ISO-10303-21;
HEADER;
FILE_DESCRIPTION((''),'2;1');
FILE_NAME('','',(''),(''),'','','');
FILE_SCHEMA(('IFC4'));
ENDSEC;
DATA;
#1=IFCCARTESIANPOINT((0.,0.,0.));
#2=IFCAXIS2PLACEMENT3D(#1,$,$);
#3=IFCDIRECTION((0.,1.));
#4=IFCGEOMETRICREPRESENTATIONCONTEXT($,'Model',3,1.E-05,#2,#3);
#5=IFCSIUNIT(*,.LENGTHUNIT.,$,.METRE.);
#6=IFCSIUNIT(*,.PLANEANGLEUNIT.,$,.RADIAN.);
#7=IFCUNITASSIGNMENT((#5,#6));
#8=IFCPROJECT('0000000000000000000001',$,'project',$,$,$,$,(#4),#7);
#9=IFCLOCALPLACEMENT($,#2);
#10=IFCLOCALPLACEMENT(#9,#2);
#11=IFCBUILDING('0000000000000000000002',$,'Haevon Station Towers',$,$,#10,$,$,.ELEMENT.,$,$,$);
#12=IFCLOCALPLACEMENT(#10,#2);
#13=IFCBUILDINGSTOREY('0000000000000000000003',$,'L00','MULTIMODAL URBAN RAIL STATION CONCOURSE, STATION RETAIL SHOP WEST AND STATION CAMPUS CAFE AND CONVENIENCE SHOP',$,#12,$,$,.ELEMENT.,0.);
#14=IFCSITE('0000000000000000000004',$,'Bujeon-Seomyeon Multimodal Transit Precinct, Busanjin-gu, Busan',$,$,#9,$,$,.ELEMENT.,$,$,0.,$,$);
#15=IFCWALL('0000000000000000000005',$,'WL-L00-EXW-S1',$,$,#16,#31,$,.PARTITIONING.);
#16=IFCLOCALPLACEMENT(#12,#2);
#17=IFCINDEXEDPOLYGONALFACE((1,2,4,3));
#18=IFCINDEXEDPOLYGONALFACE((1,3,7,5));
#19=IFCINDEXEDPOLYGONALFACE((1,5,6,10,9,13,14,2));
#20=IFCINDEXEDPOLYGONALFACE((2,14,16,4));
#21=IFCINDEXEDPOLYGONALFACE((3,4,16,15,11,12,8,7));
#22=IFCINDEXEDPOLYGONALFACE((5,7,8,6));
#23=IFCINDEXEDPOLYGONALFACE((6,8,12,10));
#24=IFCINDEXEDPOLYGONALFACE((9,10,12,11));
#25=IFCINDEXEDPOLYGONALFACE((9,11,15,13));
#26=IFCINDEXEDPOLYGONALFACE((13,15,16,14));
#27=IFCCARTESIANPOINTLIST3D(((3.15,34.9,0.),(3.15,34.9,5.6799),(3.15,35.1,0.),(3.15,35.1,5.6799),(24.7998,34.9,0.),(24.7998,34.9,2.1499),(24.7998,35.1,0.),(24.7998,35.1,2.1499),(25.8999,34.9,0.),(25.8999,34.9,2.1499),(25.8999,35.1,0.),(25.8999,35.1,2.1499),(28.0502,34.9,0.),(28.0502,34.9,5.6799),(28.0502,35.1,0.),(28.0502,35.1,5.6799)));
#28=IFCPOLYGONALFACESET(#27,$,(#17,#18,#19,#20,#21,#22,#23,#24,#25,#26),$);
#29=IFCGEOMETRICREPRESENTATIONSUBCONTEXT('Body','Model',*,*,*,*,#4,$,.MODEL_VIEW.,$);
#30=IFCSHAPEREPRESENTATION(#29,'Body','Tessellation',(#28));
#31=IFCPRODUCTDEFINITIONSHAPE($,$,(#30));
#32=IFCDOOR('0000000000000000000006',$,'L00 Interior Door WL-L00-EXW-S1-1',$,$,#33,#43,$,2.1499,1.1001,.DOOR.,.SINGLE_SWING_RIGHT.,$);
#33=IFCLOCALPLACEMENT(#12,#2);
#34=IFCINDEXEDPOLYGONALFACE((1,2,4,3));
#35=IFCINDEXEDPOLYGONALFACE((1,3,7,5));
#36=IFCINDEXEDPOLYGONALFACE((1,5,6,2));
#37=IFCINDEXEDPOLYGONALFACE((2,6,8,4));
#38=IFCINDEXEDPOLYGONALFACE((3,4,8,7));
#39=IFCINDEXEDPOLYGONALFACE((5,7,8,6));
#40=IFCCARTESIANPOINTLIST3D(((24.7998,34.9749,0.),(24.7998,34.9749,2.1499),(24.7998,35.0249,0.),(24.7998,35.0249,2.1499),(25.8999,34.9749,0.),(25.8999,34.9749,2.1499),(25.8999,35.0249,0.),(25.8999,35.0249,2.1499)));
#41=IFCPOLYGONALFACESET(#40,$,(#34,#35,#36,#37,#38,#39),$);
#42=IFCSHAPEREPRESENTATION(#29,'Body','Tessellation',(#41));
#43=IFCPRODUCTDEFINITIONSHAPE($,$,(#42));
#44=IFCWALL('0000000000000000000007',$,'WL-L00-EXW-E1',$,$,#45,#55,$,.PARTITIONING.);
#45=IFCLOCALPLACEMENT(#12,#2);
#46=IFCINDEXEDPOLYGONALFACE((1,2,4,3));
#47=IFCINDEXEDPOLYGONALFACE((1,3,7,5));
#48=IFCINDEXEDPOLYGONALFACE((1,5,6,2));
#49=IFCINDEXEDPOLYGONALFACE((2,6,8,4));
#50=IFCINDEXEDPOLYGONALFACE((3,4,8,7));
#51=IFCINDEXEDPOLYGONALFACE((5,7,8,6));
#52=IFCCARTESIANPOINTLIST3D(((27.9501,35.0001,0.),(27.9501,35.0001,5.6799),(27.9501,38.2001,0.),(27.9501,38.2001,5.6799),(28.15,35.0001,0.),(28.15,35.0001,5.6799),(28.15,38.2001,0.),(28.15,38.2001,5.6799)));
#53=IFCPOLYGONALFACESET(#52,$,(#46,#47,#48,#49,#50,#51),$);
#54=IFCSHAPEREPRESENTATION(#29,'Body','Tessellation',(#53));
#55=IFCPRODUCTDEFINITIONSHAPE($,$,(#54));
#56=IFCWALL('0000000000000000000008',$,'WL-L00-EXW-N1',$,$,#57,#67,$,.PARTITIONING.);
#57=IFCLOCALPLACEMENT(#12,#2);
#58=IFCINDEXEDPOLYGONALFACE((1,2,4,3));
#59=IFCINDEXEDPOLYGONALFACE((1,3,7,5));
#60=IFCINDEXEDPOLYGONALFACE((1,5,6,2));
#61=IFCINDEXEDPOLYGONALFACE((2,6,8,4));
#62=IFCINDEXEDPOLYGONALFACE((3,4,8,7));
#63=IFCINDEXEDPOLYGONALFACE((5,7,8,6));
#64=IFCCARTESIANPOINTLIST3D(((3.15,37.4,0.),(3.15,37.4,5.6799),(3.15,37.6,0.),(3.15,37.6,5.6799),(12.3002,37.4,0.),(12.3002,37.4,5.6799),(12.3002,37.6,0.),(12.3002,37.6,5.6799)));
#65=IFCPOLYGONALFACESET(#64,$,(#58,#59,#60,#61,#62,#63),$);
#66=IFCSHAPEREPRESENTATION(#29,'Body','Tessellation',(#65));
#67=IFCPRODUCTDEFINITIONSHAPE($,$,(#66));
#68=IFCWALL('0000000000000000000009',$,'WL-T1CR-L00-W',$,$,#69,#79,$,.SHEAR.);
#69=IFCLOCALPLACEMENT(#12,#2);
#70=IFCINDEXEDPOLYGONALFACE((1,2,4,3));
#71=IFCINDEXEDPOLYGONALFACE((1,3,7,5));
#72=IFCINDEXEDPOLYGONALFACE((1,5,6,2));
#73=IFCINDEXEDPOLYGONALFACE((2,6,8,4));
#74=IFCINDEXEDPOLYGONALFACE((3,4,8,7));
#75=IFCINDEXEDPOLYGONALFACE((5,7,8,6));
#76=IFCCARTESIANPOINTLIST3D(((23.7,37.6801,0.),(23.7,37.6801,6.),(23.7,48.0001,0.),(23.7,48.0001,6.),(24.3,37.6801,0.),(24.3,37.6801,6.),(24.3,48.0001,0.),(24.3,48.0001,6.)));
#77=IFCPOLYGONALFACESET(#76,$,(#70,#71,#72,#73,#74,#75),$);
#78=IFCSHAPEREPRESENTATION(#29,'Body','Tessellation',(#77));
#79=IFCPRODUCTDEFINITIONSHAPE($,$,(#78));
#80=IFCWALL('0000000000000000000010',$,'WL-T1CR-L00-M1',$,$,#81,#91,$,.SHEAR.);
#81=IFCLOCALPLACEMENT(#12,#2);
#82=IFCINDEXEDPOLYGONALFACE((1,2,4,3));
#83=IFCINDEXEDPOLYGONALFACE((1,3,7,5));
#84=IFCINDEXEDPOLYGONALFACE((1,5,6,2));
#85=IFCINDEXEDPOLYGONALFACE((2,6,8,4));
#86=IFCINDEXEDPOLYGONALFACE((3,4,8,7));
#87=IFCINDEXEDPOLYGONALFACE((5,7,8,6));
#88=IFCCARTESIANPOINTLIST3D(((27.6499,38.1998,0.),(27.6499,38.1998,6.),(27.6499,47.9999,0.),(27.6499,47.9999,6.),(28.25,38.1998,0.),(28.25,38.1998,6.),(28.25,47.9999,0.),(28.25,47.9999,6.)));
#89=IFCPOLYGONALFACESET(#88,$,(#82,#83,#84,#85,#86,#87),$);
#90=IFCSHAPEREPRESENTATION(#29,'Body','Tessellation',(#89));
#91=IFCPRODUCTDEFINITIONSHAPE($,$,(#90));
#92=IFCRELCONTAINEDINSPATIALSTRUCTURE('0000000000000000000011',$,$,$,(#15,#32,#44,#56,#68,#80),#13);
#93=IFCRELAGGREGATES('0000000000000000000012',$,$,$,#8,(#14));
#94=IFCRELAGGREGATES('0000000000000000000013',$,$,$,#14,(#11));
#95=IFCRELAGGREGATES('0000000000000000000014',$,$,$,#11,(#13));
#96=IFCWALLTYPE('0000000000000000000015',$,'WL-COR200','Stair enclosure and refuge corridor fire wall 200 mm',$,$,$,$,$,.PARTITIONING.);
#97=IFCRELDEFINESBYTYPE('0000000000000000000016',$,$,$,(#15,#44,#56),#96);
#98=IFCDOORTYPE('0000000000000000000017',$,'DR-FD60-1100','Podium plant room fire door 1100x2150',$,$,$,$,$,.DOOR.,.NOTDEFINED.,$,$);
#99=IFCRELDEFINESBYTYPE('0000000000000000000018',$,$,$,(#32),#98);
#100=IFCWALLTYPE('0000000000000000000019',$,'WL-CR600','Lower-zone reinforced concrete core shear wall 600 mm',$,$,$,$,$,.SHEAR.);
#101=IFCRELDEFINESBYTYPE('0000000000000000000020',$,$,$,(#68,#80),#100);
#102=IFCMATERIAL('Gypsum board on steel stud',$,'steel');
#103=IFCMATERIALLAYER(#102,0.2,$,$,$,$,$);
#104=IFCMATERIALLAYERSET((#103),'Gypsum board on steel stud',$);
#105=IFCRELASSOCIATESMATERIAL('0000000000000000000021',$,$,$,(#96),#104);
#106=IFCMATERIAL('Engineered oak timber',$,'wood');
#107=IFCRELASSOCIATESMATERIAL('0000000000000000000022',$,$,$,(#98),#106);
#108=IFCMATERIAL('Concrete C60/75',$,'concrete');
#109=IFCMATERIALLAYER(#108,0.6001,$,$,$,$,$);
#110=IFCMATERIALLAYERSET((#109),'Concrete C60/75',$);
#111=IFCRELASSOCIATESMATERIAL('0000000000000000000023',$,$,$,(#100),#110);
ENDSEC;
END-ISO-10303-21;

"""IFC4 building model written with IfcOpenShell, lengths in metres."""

from ifc_helpers import new_model, si_unit, direction, frame, frame_2d, origin, place, context, subcontext, project, spatial, rectangle, extrude, material, layer, layer_set, type_object, element, fill, save


model = new_model("IFC4")

# Units and contexts
model_context = context("Model", 3, precision=1e-05, world=origin(), true_north=direction((0.0, 1.0)))
body_context = subcontext(model_context, "Body", "Model", "MODEL_VIEW")
ifc_project = project(units=[si_unit("LENGTHUNIT", "METRE"), si_unit("PLANEANGLEUNIT", "RADIAN")], contexts=[model_context])

# Site, building, storey
site_placement = place(None, origin())
site = spatial("IfcSite", under=ifc_project, at=site_placement, Name="Bujeon-Seomyeon Multimodal Transit Precinct, Busanjin-gu, Busan", CompositionType="ELEMENT", RefElevation=0.0)
building_placement = place(site_placement, origin())
building = spatial("IfcBuilding", under=site, at=building_placement, Name="Haevon Station Towers", CompositionType="ELEMENT")
storey_placement = place(building_placement, origin())
storey = spatial("IfcBuildingStorey", under=building, at=storey_placement, Name="L00", Description="MULTIMODAL URBAN RAIL STATION CONCOURSE, STATION RETAIL SHOP WEST AND STATION CAMPUS CAFE AND CONVENIENCE SHOP", CompositionType="ELEMENT", Elevation=0.0)

# Wall, opening, door
ifc_material_1 = material(Name="Gypsum board on steel stud", Category="steel")
ifc_layer_1 = layer(ifc_material_1, 0.2)
ifc_layer_set_1 = layer_set([ifc_layer_1], Name="Gypsum board on steel stud")
wall_type_1 = type_object("IfcWallType", Name="WL-COR200", Description="Stair enclosure and refuge corridor fire wall 200 mm", PredefinedType="PARTITIONING", material=ifc_layer_set_1)
ifc_material_2 = material(Name="Engineered oak timber", Category="wood")
wall_1_placement = place(storey_placement, frame((3.1499, 35.0, 0.0), z_axis=(0.0, 0.0, 1.0), x_axis=(1.0, 0.0, 0.0)))
wall_1 = element("IfcWall", 1, at=wall_1_placement, inside=storey, type_object=wall_type_1, Name="WL-L00-EXW-S1", PredefinedType="PARTITIONING", context=body_context, shape_type="SweptSolid", body=[
    extrude(rectangle(XDim=24.9001, YDim=0.2, at=frame_2d((12.4502, 0.0))), origin(), (0.0, 0.0, 1.0), 5.6799),
])
opening_1_placement = place(wall_1_placement, frame((21.6499, 0.0, 0.0)))
opening_1 = element("IfcOpeningElement", 2, at=opening_1_placement, cuts=wall_1, PredefinedType="OPENING", context=body_context, shape_type="SweptSolid", body=[
    extrude(rectangle(XDim=1.1001, YDim=2.1499, at=frame_2d((0.55, 1.075))), frame((0.0, 0.1099, 0.0), z_axis=(0.0, -1.0, 0.0), x_axis=(1.0, 0.0, 0.0)), (0.0, 0.0, 1.0), 0.22),
])
door_type_1 = type_object("IfcDoorType", Name="DR-FD60-1100", Description="Podium plant room fire door 1100x2150", OperationType="NOTDEFINED", PredefinedType="DOOR", material=ifc_material_2)
door_1_placement = place(opening_1_placement, origin())
door_1 = element("IfcDoor", 3, at=door_1_placement, inside=storey, type_object=door_type_1, Name="L00 Interior Door WL-L00-EXW-S1-1", OperationType="SINGLE_SWING_RIGHT", OverallHeight=2.1499, OverallWidth=1.1001, PredefinedType="DOOR", context=body_context, shape_type="SweptSolid", body=[
    extrude(rectangle(XDim=1.1001, YDim=2.1499, at=frame_2d((0.55, 1.075))), frame((0.0, 0.0249, 0.0), z_axis=(0.0, -1.0, 0.0), x_axis=(1.0, 0.0, 0.0)), (0.0, 0.0, 1.0), 0.05),
])
fill(opening_1, door_1)

# Walls
wall_2_placement = place(storey_placement, frame((28.05, 35.0, 0.0), z_axis=(0.0, 0.0, 1.0), x_axis=(0.0, 1.0, 0.0)))
element("IfcWall", 4, at=wall_2_placement, inside=storey, type_object=wall_type_1, Name="WL-L00-EXW-E1", PredefinedType="PARTITIONING", context=body_context, shape_type="SweptSolid", body=[
    extrude(rectangle(XDim=3.2, YDim=0.2, at=frame_2d((1.6001, 0.0))), origin(), (0.0, 0.0, 1.0), 5.6799),
])
wall_3_placement = place(storey_placement, frame((3.1499, 37.5, 0.0), z_axis=(0.0, 0.0, 1.0), x_axis=(1.0, 0.0, 0.0)))
element("IfcWall", 5, at=wall_3_placement, inside=storey, type_object=wall_type_1, Name="WL-L00-EXW-N1", PredefinedType="PARTITIONING", context=body_context, shape_type="SweptSolid", body=[
    extrude(rectangle(XDim=9.1501, YDim=0.2, at=frame_2d((4.5752, 0.0))), origin(), (0.0, 0.0, 1.0), 5.6799),
])
ifc_material_3 = material(Name="Concrete C60/75", Category="concrete")
ifc_layer_2 = layer(ifc_material_3, 0.6001)
ifc_layer_set_2 = layer_set([ifc_layer_2], Name="Concrete C60/75")
wall_type_2 = type_object("IfcWallType", Name="WL-CR600", Description="Lower-zone reinforced concrete core shear wall 600 mm", PredefinedType="SHEAR", material=ifc_layer_set_2)
wall_4_placement = place(storey_placement, frame((24.0, 37.6799, 0.0), z_axis=(0.0, 0.0, 1.0), x_axis=(0.0, 1.0, 0.0)))
element("IfcWall", 6, at=wall_4_placement, inside=storey, type_object=wall_type_2, Name="WL-T1CR-L00-W", PredefinedType="SHEAR", context=body_context, shape_type="SweptSolid", body=[
    extrude(rectangle(XDim=10.3201, YDim=0.6001, at=frame_2d((5.1602, 0.0))), origin(), (0.0, 0.0, 1.0), 6.0),
])
wall_5_placement = place(storey_placement, frame((27.95, 38.2, 0.0), z_axis=(0.0, 0.0, 1.0), x_axis=(0.0, 1.0, 0.0)))
element("IfcWall", 7, at=wall_5_placement, inside=storey, type_object=wall_type_2, Name="WL-T1CR-L00-M1", PredefinedType="SHEAR", context=body_context, shape_type="SweptSolid", body=[
    extrude(rectangle(XDim=9.8, YDim=0.6001, at=frame_2d((4.8999, 0.0))), origin(), (0.0, 0.0, 1.0), 6.0),
])

save(model, "model.ifc")
